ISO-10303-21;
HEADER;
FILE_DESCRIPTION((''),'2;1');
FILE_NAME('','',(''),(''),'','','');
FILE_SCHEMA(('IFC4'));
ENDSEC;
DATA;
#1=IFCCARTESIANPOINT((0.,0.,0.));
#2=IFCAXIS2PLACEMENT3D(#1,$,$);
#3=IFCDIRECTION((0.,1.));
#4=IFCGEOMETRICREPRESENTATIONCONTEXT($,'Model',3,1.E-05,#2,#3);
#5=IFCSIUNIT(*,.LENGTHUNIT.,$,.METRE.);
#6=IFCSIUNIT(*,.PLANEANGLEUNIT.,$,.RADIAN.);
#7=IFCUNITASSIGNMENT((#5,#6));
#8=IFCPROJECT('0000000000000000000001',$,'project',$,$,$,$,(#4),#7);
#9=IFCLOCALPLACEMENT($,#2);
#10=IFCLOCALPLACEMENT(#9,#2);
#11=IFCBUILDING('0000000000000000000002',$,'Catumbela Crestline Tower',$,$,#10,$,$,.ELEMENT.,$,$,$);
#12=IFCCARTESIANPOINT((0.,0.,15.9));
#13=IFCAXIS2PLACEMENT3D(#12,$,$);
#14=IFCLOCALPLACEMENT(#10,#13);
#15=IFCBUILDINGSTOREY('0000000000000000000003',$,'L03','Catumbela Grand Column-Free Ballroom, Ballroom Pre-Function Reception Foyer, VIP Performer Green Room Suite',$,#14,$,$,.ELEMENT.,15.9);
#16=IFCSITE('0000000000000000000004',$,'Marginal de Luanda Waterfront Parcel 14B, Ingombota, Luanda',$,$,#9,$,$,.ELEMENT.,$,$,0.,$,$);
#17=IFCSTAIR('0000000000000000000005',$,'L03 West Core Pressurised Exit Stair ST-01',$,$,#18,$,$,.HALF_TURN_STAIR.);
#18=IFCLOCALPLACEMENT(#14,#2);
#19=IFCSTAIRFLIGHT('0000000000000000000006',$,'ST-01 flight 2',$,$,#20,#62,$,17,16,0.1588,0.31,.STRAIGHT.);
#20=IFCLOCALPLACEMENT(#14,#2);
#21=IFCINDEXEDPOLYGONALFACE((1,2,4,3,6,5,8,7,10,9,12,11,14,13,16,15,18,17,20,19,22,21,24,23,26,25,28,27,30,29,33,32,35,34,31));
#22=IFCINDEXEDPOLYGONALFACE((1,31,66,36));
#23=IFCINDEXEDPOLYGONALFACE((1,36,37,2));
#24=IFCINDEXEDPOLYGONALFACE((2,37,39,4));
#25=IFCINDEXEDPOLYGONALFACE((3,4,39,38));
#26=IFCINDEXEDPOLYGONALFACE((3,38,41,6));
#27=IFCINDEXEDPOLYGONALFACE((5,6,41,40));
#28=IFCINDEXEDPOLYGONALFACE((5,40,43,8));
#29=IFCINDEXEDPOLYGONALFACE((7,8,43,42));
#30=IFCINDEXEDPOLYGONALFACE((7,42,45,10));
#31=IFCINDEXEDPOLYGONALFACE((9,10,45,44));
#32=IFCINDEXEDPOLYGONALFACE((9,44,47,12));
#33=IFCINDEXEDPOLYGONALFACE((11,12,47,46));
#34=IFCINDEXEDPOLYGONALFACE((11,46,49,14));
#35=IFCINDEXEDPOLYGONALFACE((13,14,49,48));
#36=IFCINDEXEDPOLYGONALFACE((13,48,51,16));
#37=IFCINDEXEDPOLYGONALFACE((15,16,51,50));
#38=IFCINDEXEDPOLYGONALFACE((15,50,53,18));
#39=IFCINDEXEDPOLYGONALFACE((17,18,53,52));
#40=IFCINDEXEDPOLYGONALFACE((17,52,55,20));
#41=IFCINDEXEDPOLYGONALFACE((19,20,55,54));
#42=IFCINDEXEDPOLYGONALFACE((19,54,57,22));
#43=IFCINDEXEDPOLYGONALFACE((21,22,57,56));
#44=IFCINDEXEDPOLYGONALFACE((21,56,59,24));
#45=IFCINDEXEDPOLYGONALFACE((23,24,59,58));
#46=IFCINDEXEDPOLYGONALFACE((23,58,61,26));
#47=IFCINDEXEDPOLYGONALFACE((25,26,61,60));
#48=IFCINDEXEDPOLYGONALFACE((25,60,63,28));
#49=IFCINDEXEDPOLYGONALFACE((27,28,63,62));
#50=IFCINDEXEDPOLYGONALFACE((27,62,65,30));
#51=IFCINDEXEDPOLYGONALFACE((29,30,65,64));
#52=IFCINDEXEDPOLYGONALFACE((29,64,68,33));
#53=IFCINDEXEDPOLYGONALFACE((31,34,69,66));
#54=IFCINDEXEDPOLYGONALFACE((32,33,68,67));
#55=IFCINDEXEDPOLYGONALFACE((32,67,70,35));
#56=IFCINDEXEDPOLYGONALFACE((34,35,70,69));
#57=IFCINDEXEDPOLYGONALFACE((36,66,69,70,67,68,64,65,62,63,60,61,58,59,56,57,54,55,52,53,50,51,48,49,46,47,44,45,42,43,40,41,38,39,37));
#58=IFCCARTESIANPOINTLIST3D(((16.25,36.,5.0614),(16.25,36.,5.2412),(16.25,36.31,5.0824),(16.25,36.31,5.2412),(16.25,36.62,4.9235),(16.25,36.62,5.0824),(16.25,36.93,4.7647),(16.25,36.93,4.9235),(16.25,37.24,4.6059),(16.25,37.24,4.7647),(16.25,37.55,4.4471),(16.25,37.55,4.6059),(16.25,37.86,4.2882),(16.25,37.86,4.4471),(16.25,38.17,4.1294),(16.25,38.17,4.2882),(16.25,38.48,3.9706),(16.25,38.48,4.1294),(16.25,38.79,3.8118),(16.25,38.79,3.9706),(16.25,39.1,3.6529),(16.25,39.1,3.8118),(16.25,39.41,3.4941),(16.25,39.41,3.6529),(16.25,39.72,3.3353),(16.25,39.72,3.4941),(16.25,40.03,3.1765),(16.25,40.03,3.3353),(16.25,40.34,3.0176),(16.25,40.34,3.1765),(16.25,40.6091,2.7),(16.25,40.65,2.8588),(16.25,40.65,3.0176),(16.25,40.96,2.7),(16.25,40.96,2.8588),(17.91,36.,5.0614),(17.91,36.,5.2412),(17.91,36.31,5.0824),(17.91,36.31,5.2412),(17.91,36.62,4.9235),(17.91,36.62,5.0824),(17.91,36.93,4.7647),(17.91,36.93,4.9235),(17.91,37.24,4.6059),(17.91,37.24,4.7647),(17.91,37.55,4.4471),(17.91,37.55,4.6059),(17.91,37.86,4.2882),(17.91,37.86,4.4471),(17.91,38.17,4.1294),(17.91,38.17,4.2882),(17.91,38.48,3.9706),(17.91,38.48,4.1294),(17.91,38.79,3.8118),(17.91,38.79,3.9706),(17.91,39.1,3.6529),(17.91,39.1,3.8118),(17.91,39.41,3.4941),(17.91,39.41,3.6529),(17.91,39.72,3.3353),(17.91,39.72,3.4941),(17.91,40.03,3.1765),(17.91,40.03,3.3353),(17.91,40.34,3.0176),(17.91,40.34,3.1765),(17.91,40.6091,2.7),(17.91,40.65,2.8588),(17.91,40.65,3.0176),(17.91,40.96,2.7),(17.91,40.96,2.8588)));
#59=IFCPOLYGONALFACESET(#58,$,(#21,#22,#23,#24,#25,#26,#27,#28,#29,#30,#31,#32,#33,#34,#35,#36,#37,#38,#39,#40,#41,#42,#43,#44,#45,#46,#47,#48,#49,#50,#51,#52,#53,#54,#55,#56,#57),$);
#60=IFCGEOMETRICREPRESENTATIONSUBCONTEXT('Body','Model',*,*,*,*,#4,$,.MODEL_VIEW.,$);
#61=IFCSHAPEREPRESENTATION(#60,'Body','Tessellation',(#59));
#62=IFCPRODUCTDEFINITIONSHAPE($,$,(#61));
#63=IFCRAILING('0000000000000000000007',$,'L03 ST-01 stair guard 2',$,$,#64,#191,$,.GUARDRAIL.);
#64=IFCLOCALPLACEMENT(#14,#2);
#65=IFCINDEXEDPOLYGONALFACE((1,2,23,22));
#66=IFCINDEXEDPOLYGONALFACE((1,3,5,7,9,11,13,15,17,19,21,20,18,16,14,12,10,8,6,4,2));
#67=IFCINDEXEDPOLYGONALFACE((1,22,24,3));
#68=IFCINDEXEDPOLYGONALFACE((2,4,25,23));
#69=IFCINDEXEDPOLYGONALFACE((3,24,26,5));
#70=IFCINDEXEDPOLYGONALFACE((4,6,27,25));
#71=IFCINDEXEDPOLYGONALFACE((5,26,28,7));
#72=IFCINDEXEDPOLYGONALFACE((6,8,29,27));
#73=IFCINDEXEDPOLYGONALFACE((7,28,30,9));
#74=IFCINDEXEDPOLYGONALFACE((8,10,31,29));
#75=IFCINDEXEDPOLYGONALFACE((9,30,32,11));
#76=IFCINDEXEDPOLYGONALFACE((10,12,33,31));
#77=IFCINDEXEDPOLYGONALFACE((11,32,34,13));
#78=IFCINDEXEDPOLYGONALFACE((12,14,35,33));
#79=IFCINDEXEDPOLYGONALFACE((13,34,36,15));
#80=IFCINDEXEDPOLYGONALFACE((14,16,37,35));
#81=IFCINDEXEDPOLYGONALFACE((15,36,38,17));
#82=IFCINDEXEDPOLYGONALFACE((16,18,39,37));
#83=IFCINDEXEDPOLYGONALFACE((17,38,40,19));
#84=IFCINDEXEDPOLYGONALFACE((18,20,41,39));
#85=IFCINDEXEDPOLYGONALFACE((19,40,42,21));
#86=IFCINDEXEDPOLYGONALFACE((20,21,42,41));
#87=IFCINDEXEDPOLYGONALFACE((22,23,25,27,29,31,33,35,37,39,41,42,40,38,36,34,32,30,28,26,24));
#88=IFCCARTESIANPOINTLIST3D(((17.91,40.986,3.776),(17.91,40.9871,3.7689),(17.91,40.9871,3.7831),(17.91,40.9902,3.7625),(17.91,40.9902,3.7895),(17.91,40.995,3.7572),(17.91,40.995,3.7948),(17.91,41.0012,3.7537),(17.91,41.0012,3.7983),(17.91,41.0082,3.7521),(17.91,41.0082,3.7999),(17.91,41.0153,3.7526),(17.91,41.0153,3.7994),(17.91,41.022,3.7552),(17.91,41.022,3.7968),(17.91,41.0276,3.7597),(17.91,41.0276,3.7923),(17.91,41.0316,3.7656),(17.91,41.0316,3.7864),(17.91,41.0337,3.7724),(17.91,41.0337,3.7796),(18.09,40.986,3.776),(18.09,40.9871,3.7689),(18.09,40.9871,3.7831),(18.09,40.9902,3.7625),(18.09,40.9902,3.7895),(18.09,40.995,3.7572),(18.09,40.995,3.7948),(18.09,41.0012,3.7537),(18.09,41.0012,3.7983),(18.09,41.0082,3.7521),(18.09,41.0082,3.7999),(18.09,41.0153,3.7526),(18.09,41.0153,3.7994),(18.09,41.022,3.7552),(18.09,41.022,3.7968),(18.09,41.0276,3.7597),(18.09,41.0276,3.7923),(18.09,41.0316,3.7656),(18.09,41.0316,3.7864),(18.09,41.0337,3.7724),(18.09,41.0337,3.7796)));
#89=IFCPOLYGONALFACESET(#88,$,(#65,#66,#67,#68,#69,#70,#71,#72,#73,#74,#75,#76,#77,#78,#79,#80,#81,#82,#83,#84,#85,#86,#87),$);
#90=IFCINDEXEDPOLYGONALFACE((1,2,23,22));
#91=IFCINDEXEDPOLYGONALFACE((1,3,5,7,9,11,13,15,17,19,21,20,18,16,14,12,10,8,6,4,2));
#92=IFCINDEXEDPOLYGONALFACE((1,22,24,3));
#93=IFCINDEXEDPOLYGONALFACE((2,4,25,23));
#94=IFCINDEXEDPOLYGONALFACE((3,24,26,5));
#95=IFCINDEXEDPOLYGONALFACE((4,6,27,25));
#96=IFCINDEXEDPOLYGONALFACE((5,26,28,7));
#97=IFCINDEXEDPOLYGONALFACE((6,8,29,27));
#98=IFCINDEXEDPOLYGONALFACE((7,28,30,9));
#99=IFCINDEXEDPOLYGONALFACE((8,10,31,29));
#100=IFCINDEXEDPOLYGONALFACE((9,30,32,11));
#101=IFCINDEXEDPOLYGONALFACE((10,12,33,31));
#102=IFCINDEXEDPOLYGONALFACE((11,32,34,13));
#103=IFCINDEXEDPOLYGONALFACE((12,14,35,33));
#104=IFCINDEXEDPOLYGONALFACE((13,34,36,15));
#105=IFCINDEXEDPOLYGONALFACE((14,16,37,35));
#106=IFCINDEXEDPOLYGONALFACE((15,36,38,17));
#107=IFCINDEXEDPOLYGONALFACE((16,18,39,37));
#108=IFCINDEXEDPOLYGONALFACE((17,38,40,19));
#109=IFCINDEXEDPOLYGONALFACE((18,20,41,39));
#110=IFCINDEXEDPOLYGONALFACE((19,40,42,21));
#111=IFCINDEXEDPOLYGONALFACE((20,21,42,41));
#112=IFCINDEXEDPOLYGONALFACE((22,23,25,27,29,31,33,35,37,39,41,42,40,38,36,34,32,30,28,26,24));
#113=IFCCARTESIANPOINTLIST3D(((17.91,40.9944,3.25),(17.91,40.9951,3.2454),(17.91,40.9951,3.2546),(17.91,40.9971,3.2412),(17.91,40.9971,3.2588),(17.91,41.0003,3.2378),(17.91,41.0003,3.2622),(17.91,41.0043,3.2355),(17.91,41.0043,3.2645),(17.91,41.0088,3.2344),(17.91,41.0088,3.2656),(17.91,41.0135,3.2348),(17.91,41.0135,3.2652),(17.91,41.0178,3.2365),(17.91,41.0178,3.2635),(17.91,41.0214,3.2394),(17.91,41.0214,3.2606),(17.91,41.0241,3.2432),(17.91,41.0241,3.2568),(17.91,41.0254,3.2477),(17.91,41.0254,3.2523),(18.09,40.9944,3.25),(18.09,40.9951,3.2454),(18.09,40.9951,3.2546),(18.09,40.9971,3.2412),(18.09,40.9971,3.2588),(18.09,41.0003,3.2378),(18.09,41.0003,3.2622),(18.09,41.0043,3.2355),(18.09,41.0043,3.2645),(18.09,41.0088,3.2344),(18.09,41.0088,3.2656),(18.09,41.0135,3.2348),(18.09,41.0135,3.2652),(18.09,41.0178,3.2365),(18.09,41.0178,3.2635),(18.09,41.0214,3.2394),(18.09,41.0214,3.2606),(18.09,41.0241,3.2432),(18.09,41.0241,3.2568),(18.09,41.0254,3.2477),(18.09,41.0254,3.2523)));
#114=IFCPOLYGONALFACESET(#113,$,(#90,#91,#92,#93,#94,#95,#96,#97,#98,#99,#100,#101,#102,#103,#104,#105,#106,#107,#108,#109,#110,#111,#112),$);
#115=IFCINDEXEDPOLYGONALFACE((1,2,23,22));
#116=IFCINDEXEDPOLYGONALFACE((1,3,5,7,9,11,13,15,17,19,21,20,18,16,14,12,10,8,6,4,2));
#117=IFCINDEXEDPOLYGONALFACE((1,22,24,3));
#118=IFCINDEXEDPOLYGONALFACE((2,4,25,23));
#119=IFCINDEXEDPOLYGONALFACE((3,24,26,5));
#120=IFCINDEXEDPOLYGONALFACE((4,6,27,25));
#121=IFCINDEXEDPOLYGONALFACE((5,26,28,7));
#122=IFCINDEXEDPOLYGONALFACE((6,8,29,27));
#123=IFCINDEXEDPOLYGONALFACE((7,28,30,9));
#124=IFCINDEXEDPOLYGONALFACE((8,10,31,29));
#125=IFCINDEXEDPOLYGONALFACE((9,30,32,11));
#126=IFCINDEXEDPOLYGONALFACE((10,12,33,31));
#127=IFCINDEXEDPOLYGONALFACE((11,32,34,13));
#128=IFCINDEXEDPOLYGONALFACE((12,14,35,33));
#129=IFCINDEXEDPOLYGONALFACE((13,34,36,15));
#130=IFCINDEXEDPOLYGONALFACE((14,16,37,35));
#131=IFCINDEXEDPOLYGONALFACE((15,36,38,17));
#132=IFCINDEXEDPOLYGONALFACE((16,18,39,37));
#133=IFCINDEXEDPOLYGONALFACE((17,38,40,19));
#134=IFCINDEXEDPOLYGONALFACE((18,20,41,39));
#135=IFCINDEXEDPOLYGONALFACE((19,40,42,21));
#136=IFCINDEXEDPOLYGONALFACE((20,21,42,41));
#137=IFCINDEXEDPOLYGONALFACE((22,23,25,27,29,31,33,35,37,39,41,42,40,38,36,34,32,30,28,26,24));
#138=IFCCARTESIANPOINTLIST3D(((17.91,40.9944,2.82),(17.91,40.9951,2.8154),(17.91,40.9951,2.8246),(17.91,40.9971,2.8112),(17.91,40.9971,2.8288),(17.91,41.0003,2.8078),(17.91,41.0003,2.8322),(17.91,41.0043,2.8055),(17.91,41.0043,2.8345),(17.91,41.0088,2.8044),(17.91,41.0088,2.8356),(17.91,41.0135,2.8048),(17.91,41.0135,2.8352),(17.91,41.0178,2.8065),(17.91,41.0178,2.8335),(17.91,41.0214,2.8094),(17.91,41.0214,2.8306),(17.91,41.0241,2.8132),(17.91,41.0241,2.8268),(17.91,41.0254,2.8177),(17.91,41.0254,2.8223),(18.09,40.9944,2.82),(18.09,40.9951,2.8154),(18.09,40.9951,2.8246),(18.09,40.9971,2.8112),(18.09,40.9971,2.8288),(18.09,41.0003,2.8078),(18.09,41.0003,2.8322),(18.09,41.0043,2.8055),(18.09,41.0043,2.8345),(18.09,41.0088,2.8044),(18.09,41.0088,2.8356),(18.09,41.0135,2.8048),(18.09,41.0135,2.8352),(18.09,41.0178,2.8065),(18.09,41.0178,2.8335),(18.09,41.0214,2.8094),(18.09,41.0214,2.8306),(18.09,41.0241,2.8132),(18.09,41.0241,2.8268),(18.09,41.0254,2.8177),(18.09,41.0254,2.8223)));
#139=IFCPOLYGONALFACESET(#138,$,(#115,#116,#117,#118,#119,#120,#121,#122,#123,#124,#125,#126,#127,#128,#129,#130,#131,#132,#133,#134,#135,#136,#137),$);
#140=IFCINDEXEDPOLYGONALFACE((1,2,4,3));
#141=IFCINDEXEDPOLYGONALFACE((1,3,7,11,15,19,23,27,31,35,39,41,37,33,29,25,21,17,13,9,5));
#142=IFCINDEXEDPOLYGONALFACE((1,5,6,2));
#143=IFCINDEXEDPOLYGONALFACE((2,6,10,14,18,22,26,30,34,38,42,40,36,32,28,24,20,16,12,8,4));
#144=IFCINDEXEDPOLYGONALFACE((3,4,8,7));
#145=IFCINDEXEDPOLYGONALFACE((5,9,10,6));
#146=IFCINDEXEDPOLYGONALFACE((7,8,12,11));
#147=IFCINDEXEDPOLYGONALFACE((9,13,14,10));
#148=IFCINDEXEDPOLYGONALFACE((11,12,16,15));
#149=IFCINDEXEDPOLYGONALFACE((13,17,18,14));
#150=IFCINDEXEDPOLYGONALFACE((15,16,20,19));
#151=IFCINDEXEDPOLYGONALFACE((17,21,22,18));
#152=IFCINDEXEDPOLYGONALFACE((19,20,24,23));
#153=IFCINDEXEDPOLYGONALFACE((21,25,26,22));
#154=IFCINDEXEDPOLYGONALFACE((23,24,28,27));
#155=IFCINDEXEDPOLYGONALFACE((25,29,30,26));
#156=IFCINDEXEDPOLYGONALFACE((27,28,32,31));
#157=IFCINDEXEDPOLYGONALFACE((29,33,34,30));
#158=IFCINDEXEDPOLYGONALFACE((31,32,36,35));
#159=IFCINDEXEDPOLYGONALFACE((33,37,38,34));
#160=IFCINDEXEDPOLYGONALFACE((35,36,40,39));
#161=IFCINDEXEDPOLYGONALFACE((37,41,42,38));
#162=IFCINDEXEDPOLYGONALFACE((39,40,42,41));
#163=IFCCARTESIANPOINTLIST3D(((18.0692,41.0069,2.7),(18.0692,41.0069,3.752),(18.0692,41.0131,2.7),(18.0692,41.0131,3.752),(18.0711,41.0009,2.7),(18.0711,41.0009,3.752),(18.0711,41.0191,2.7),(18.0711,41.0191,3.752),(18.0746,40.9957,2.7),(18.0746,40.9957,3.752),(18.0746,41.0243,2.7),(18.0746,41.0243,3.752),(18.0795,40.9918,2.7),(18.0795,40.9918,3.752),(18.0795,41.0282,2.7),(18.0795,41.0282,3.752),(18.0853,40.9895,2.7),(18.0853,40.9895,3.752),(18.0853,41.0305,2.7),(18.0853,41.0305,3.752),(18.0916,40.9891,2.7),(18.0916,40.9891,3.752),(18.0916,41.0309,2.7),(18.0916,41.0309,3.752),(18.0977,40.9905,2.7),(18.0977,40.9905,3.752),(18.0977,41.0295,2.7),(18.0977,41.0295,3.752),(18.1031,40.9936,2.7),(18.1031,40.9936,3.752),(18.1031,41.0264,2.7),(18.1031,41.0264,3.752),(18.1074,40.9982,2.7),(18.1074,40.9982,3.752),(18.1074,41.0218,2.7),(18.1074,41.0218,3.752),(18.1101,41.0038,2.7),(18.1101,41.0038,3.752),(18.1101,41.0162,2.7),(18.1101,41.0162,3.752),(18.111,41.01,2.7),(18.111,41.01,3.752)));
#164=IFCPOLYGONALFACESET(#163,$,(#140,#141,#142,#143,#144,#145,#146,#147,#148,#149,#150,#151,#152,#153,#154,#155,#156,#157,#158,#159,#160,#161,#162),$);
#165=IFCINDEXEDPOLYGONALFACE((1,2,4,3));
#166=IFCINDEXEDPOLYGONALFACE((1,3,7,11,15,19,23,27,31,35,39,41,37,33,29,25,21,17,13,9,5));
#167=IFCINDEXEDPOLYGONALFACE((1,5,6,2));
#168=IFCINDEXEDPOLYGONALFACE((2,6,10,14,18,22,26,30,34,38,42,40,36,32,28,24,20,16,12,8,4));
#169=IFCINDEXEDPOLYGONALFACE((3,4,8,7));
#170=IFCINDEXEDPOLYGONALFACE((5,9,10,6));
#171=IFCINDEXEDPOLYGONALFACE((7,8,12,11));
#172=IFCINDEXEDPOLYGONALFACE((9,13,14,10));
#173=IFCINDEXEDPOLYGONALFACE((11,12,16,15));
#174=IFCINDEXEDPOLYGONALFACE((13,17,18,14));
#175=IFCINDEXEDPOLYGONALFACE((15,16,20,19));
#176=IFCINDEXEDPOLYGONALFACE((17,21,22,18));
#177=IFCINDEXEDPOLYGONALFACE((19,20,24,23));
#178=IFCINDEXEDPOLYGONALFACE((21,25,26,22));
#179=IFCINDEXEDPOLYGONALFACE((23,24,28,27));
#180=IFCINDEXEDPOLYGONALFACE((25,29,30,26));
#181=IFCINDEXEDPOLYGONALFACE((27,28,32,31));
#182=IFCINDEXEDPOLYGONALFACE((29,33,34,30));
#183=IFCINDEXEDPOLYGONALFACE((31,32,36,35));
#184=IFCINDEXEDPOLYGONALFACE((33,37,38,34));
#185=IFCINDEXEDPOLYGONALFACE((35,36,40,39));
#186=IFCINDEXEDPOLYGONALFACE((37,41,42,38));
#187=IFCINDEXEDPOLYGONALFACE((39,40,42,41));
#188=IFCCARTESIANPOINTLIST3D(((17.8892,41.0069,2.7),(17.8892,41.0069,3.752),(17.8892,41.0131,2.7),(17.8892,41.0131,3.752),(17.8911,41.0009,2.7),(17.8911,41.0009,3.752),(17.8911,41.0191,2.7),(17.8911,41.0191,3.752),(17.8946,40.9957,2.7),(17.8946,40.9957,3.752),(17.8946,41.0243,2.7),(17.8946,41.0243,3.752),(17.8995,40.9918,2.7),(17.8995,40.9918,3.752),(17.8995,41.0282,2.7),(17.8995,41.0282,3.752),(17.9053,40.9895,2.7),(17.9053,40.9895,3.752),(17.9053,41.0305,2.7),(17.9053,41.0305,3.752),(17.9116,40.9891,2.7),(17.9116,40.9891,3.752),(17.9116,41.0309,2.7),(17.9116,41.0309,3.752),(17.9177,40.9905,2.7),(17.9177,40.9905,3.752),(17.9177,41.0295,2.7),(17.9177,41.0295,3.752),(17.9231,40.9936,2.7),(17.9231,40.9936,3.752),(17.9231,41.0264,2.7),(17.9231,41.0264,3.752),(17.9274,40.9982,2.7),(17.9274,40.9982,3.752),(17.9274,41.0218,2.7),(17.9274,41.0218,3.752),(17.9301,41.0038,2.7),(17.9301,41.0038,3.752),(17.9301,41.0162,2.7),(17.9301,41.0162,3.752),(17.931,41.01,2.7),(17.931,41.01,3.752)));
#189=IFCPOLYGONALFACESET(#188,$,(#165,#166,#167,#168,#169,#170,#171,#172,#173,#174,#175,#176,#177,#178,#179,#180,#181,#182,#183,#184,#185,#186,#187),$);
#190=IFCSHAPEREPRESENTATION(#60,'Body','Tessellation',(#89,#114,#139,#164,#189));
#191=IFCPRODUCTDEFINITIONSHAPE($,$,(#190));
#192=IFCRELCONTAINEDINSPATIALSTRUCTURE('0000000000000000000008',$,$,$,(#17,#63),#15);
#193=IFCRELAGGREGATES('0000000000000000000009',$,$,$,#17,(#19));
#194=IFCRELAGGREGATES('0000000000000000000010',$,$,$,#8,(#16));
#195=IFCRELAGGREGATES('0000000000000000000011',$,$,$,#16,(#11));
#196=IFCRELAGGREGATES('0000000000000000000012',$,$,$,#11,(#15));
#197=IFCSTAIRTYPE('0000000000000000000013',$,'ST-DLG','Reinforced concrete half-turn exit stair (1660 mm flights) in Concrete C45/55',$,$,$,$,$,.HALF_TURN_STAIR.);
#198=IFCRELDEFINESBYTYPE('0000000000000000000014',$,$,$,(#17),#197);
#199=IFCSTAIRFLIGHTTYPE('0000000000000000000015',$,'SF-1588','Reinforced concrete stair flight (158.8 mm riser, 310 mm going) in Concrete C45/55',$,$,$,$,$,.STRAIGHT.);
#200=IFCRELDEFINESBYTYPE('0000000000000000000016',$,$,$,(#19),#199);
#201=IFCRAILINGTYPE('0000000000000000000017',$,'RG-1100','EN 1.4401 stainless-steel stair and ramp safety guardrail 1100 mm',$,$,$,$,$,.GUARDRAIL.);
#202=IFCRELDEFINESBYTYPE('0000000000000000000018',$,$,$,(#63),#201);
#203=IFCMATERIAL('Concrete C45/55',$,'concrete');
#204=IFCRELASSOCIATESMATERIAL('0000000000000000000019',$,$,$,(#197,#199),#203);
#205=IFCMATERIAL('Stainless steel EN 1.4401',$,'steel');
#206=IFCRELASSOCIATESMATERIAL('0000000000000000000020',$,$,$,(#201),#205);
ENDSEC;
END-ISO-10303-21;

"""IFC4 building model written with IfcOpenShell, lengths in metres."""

from ifc_helpers import new_model, si_unit, direction, frame, origin, origin_2d, place, context, subcontext, project, spatial, polyline, circle, outline, extrude, material, type_object, element, aggregate, save


model = new_model("IFC4")

# Units and contexts
model_context = context("Model", 3, precision=1e-05, world=origin(), true_north=direction((0.0, 1.0)))
body_context = subcontext(model_context, "Body", "Model", "MODEL_VIEW")
ifc_project = project(units=[si_unit("LENGTHUNIT", "METRE"), si_unit("PLANEANGLEUNIT", "RADIAN")], contexts=[model_context])

# Site, building, storey
site_placement = place(None, origin())
site = spatial("IfcSite", under=ifc_project, at=site_placement, Name="Marginal de Luanda Waterfront Parcel 14B, Ingombota, Luanda", CompositionType="ELEMENT", RefElevation=0.0)
building_placement = place(site_placement, origin())
building = spatial("IfcBuilding", under=site, at=building_placement, Name="Catumbela Crestline Tower", CompositionType="ELEMENT")
storey_placement = place(building_placement, frame((0.0, 0.0, 15.9)))
storey = spatial("IfcBuildingStorey", under=building, at=storey_placement, Name="L03", Description="Catumbela Grand Column-Free Ballroom, Ballroom Pre-Function Reception Foyer, VIP Performer Green Room Suite", CompositionType="ELEMENT", Elevation=15.9)

# Shared definitions
ifc_material_1 = material(Name="Stainless steel EN 1.4401", Category="steel")

# Stair, stair flight
ifc_material_2 = material(Name="Concrete C45/55", Category="concrete")
stair_type = type_object("IfcStairType", Name="ST-DLG", Description="Reinforced concrete half-turn exit stair (1660 mm flights) in Concrete C45/55", PredefinedType="HALF_TURN_STAIR", material=ifc_material_2)
stair_placement = place(storey_placement, origin())
stair = element("IfcStair", 1, at=stair_placement, inside=storey, type_object=stair_type, Name="L03 West Core Pressurised Exit Stair ST-01", PredefinedType="HALF_TURN_STAIR")
stair_flight_type = type_object("IfcStairFlightType", Name="SF-1588", Description="Reinforced concrete stair flight (158.8 mm riser, 310 mm going) in Concrete C45/55", PredefinedType="STRAIGHT", material=ifc_material_2)
stair_flight_placement = place(storey_placement, frame((17.08, 40.96, 2.7), z_axis=(0.0, 0.0, 1.0), x_axis=(0.0, -1.0, 0.0)))
stair_flight = element("IfcStairFlight", 2, at=stair_flight_placement, type_object=stair_flight_type, Name="ST-01 flight 2", NumberOfRisers=17, NumberOfTreads=16, PredefinedType="STRAIGHT", RiserHeight=0.1588, TreadLength=0.31, context=body_context, shape_type="SweptSolid", body=[
    extrude(outline(polyline([(0.0, 0.0), (0.0, 0.1588), (0.31, 0.1588), (0.31, 0.3176), (0.62, 0.3176), (0.62, 0.4765), (0.93, 0.4765), (0.93, 0.6353), (1.24, 0.6353), (1.24, 0.7941), (1.55, 0.7941), (1.55, 0.9529), (1.86, 0.9529), (1.86, 1.1118), (2.17, 1.1118), (2.17, 1.2706), (2.48, 1.2706), (2.48, 1.4294), (2.79, 1.4294), (2.79, 1.5882), (3.1, 1.5882), (3.1, 1.7471), (3.41, 1.7471), (3.41, 1.9059), (3.72, 1.9059), (3.72, 2.0647), (4.03, 2.0647), (4.03, 2.2235), (4.34, 2.2235), (4.34, 2.3824), (4.65, 2.3824), (4.65, 2.5412), (4.96, 2.5412), (4.96, 2.7), (4.96, 2.3614), (0.3509, 0.0), (0.0, 0.0)])), frame((0.0, 0.83, 0.0), z_axis=(0.0, -1.0, 0.0), x_axis=(1.0, 0.0, 0.0)), (0.0, 0.0, 1.0), 1.66),
])
aggregate(stair, [stair_flight])

# Railing
railing_type_1 = type_object("IfcRailingType", Name="RG-1100", Description="EN 1.4401 stainless-steel stair and ramp safety guardrail 1100 mm", PredefinedType="GUARDRAIL", material=ifc_material_1)
railing_1_placement = place(storey_placement, frame((18.09, 41.01, 2.7)))
element("IfcRailing", 3, at=railing_1_placement, inside=storey, type_object=railing_type_1, Name="L03 ST-01 stair guard 2", PredefinedType="GUARDRAIL", context=body_context, shape_type="SweptSolid", body=[
    extrude(circle(Radius=0.024, at=origin_2d()), frame((0.0, 0.0, 1.076), z_axis=(-1.0, 0.0, 0.0), x_axis=(0.0, -1.0, 0.0)), (0.0, 0.0, 1.0), 0.18),
    extrude(circle(Radius=0.0156, at=origin_2d()), frame((0.0, 0.0, 0.55), z_axis=(-1.0, 0.0, 0.0), x_axis=(0.0, -1.0, 0.0)), (0.0, 0.0, 1.0), 0.18),
    extrude(circle(Radius=0.0156, at=origin_2d()), frame((0.0, 0.0, 0.12), z_axis=(-1.0, 0.0, 0.0), x_axis=(0.0, -1.0, 0.0)), (0.0, 0.0, 1.0), 0.18),
    extrude(circle(Radius=0.021, at=origin_2d()), origin(), (0.0, 0.0, 1.0), 1.052),
    extrude(circle(Radius=0.021, at=origin_2d()), frame((-0.18, 0.0, 0.0)), (0.0, 0.0, 1.0), 1.052),
])

save(model, "model.ifc")
